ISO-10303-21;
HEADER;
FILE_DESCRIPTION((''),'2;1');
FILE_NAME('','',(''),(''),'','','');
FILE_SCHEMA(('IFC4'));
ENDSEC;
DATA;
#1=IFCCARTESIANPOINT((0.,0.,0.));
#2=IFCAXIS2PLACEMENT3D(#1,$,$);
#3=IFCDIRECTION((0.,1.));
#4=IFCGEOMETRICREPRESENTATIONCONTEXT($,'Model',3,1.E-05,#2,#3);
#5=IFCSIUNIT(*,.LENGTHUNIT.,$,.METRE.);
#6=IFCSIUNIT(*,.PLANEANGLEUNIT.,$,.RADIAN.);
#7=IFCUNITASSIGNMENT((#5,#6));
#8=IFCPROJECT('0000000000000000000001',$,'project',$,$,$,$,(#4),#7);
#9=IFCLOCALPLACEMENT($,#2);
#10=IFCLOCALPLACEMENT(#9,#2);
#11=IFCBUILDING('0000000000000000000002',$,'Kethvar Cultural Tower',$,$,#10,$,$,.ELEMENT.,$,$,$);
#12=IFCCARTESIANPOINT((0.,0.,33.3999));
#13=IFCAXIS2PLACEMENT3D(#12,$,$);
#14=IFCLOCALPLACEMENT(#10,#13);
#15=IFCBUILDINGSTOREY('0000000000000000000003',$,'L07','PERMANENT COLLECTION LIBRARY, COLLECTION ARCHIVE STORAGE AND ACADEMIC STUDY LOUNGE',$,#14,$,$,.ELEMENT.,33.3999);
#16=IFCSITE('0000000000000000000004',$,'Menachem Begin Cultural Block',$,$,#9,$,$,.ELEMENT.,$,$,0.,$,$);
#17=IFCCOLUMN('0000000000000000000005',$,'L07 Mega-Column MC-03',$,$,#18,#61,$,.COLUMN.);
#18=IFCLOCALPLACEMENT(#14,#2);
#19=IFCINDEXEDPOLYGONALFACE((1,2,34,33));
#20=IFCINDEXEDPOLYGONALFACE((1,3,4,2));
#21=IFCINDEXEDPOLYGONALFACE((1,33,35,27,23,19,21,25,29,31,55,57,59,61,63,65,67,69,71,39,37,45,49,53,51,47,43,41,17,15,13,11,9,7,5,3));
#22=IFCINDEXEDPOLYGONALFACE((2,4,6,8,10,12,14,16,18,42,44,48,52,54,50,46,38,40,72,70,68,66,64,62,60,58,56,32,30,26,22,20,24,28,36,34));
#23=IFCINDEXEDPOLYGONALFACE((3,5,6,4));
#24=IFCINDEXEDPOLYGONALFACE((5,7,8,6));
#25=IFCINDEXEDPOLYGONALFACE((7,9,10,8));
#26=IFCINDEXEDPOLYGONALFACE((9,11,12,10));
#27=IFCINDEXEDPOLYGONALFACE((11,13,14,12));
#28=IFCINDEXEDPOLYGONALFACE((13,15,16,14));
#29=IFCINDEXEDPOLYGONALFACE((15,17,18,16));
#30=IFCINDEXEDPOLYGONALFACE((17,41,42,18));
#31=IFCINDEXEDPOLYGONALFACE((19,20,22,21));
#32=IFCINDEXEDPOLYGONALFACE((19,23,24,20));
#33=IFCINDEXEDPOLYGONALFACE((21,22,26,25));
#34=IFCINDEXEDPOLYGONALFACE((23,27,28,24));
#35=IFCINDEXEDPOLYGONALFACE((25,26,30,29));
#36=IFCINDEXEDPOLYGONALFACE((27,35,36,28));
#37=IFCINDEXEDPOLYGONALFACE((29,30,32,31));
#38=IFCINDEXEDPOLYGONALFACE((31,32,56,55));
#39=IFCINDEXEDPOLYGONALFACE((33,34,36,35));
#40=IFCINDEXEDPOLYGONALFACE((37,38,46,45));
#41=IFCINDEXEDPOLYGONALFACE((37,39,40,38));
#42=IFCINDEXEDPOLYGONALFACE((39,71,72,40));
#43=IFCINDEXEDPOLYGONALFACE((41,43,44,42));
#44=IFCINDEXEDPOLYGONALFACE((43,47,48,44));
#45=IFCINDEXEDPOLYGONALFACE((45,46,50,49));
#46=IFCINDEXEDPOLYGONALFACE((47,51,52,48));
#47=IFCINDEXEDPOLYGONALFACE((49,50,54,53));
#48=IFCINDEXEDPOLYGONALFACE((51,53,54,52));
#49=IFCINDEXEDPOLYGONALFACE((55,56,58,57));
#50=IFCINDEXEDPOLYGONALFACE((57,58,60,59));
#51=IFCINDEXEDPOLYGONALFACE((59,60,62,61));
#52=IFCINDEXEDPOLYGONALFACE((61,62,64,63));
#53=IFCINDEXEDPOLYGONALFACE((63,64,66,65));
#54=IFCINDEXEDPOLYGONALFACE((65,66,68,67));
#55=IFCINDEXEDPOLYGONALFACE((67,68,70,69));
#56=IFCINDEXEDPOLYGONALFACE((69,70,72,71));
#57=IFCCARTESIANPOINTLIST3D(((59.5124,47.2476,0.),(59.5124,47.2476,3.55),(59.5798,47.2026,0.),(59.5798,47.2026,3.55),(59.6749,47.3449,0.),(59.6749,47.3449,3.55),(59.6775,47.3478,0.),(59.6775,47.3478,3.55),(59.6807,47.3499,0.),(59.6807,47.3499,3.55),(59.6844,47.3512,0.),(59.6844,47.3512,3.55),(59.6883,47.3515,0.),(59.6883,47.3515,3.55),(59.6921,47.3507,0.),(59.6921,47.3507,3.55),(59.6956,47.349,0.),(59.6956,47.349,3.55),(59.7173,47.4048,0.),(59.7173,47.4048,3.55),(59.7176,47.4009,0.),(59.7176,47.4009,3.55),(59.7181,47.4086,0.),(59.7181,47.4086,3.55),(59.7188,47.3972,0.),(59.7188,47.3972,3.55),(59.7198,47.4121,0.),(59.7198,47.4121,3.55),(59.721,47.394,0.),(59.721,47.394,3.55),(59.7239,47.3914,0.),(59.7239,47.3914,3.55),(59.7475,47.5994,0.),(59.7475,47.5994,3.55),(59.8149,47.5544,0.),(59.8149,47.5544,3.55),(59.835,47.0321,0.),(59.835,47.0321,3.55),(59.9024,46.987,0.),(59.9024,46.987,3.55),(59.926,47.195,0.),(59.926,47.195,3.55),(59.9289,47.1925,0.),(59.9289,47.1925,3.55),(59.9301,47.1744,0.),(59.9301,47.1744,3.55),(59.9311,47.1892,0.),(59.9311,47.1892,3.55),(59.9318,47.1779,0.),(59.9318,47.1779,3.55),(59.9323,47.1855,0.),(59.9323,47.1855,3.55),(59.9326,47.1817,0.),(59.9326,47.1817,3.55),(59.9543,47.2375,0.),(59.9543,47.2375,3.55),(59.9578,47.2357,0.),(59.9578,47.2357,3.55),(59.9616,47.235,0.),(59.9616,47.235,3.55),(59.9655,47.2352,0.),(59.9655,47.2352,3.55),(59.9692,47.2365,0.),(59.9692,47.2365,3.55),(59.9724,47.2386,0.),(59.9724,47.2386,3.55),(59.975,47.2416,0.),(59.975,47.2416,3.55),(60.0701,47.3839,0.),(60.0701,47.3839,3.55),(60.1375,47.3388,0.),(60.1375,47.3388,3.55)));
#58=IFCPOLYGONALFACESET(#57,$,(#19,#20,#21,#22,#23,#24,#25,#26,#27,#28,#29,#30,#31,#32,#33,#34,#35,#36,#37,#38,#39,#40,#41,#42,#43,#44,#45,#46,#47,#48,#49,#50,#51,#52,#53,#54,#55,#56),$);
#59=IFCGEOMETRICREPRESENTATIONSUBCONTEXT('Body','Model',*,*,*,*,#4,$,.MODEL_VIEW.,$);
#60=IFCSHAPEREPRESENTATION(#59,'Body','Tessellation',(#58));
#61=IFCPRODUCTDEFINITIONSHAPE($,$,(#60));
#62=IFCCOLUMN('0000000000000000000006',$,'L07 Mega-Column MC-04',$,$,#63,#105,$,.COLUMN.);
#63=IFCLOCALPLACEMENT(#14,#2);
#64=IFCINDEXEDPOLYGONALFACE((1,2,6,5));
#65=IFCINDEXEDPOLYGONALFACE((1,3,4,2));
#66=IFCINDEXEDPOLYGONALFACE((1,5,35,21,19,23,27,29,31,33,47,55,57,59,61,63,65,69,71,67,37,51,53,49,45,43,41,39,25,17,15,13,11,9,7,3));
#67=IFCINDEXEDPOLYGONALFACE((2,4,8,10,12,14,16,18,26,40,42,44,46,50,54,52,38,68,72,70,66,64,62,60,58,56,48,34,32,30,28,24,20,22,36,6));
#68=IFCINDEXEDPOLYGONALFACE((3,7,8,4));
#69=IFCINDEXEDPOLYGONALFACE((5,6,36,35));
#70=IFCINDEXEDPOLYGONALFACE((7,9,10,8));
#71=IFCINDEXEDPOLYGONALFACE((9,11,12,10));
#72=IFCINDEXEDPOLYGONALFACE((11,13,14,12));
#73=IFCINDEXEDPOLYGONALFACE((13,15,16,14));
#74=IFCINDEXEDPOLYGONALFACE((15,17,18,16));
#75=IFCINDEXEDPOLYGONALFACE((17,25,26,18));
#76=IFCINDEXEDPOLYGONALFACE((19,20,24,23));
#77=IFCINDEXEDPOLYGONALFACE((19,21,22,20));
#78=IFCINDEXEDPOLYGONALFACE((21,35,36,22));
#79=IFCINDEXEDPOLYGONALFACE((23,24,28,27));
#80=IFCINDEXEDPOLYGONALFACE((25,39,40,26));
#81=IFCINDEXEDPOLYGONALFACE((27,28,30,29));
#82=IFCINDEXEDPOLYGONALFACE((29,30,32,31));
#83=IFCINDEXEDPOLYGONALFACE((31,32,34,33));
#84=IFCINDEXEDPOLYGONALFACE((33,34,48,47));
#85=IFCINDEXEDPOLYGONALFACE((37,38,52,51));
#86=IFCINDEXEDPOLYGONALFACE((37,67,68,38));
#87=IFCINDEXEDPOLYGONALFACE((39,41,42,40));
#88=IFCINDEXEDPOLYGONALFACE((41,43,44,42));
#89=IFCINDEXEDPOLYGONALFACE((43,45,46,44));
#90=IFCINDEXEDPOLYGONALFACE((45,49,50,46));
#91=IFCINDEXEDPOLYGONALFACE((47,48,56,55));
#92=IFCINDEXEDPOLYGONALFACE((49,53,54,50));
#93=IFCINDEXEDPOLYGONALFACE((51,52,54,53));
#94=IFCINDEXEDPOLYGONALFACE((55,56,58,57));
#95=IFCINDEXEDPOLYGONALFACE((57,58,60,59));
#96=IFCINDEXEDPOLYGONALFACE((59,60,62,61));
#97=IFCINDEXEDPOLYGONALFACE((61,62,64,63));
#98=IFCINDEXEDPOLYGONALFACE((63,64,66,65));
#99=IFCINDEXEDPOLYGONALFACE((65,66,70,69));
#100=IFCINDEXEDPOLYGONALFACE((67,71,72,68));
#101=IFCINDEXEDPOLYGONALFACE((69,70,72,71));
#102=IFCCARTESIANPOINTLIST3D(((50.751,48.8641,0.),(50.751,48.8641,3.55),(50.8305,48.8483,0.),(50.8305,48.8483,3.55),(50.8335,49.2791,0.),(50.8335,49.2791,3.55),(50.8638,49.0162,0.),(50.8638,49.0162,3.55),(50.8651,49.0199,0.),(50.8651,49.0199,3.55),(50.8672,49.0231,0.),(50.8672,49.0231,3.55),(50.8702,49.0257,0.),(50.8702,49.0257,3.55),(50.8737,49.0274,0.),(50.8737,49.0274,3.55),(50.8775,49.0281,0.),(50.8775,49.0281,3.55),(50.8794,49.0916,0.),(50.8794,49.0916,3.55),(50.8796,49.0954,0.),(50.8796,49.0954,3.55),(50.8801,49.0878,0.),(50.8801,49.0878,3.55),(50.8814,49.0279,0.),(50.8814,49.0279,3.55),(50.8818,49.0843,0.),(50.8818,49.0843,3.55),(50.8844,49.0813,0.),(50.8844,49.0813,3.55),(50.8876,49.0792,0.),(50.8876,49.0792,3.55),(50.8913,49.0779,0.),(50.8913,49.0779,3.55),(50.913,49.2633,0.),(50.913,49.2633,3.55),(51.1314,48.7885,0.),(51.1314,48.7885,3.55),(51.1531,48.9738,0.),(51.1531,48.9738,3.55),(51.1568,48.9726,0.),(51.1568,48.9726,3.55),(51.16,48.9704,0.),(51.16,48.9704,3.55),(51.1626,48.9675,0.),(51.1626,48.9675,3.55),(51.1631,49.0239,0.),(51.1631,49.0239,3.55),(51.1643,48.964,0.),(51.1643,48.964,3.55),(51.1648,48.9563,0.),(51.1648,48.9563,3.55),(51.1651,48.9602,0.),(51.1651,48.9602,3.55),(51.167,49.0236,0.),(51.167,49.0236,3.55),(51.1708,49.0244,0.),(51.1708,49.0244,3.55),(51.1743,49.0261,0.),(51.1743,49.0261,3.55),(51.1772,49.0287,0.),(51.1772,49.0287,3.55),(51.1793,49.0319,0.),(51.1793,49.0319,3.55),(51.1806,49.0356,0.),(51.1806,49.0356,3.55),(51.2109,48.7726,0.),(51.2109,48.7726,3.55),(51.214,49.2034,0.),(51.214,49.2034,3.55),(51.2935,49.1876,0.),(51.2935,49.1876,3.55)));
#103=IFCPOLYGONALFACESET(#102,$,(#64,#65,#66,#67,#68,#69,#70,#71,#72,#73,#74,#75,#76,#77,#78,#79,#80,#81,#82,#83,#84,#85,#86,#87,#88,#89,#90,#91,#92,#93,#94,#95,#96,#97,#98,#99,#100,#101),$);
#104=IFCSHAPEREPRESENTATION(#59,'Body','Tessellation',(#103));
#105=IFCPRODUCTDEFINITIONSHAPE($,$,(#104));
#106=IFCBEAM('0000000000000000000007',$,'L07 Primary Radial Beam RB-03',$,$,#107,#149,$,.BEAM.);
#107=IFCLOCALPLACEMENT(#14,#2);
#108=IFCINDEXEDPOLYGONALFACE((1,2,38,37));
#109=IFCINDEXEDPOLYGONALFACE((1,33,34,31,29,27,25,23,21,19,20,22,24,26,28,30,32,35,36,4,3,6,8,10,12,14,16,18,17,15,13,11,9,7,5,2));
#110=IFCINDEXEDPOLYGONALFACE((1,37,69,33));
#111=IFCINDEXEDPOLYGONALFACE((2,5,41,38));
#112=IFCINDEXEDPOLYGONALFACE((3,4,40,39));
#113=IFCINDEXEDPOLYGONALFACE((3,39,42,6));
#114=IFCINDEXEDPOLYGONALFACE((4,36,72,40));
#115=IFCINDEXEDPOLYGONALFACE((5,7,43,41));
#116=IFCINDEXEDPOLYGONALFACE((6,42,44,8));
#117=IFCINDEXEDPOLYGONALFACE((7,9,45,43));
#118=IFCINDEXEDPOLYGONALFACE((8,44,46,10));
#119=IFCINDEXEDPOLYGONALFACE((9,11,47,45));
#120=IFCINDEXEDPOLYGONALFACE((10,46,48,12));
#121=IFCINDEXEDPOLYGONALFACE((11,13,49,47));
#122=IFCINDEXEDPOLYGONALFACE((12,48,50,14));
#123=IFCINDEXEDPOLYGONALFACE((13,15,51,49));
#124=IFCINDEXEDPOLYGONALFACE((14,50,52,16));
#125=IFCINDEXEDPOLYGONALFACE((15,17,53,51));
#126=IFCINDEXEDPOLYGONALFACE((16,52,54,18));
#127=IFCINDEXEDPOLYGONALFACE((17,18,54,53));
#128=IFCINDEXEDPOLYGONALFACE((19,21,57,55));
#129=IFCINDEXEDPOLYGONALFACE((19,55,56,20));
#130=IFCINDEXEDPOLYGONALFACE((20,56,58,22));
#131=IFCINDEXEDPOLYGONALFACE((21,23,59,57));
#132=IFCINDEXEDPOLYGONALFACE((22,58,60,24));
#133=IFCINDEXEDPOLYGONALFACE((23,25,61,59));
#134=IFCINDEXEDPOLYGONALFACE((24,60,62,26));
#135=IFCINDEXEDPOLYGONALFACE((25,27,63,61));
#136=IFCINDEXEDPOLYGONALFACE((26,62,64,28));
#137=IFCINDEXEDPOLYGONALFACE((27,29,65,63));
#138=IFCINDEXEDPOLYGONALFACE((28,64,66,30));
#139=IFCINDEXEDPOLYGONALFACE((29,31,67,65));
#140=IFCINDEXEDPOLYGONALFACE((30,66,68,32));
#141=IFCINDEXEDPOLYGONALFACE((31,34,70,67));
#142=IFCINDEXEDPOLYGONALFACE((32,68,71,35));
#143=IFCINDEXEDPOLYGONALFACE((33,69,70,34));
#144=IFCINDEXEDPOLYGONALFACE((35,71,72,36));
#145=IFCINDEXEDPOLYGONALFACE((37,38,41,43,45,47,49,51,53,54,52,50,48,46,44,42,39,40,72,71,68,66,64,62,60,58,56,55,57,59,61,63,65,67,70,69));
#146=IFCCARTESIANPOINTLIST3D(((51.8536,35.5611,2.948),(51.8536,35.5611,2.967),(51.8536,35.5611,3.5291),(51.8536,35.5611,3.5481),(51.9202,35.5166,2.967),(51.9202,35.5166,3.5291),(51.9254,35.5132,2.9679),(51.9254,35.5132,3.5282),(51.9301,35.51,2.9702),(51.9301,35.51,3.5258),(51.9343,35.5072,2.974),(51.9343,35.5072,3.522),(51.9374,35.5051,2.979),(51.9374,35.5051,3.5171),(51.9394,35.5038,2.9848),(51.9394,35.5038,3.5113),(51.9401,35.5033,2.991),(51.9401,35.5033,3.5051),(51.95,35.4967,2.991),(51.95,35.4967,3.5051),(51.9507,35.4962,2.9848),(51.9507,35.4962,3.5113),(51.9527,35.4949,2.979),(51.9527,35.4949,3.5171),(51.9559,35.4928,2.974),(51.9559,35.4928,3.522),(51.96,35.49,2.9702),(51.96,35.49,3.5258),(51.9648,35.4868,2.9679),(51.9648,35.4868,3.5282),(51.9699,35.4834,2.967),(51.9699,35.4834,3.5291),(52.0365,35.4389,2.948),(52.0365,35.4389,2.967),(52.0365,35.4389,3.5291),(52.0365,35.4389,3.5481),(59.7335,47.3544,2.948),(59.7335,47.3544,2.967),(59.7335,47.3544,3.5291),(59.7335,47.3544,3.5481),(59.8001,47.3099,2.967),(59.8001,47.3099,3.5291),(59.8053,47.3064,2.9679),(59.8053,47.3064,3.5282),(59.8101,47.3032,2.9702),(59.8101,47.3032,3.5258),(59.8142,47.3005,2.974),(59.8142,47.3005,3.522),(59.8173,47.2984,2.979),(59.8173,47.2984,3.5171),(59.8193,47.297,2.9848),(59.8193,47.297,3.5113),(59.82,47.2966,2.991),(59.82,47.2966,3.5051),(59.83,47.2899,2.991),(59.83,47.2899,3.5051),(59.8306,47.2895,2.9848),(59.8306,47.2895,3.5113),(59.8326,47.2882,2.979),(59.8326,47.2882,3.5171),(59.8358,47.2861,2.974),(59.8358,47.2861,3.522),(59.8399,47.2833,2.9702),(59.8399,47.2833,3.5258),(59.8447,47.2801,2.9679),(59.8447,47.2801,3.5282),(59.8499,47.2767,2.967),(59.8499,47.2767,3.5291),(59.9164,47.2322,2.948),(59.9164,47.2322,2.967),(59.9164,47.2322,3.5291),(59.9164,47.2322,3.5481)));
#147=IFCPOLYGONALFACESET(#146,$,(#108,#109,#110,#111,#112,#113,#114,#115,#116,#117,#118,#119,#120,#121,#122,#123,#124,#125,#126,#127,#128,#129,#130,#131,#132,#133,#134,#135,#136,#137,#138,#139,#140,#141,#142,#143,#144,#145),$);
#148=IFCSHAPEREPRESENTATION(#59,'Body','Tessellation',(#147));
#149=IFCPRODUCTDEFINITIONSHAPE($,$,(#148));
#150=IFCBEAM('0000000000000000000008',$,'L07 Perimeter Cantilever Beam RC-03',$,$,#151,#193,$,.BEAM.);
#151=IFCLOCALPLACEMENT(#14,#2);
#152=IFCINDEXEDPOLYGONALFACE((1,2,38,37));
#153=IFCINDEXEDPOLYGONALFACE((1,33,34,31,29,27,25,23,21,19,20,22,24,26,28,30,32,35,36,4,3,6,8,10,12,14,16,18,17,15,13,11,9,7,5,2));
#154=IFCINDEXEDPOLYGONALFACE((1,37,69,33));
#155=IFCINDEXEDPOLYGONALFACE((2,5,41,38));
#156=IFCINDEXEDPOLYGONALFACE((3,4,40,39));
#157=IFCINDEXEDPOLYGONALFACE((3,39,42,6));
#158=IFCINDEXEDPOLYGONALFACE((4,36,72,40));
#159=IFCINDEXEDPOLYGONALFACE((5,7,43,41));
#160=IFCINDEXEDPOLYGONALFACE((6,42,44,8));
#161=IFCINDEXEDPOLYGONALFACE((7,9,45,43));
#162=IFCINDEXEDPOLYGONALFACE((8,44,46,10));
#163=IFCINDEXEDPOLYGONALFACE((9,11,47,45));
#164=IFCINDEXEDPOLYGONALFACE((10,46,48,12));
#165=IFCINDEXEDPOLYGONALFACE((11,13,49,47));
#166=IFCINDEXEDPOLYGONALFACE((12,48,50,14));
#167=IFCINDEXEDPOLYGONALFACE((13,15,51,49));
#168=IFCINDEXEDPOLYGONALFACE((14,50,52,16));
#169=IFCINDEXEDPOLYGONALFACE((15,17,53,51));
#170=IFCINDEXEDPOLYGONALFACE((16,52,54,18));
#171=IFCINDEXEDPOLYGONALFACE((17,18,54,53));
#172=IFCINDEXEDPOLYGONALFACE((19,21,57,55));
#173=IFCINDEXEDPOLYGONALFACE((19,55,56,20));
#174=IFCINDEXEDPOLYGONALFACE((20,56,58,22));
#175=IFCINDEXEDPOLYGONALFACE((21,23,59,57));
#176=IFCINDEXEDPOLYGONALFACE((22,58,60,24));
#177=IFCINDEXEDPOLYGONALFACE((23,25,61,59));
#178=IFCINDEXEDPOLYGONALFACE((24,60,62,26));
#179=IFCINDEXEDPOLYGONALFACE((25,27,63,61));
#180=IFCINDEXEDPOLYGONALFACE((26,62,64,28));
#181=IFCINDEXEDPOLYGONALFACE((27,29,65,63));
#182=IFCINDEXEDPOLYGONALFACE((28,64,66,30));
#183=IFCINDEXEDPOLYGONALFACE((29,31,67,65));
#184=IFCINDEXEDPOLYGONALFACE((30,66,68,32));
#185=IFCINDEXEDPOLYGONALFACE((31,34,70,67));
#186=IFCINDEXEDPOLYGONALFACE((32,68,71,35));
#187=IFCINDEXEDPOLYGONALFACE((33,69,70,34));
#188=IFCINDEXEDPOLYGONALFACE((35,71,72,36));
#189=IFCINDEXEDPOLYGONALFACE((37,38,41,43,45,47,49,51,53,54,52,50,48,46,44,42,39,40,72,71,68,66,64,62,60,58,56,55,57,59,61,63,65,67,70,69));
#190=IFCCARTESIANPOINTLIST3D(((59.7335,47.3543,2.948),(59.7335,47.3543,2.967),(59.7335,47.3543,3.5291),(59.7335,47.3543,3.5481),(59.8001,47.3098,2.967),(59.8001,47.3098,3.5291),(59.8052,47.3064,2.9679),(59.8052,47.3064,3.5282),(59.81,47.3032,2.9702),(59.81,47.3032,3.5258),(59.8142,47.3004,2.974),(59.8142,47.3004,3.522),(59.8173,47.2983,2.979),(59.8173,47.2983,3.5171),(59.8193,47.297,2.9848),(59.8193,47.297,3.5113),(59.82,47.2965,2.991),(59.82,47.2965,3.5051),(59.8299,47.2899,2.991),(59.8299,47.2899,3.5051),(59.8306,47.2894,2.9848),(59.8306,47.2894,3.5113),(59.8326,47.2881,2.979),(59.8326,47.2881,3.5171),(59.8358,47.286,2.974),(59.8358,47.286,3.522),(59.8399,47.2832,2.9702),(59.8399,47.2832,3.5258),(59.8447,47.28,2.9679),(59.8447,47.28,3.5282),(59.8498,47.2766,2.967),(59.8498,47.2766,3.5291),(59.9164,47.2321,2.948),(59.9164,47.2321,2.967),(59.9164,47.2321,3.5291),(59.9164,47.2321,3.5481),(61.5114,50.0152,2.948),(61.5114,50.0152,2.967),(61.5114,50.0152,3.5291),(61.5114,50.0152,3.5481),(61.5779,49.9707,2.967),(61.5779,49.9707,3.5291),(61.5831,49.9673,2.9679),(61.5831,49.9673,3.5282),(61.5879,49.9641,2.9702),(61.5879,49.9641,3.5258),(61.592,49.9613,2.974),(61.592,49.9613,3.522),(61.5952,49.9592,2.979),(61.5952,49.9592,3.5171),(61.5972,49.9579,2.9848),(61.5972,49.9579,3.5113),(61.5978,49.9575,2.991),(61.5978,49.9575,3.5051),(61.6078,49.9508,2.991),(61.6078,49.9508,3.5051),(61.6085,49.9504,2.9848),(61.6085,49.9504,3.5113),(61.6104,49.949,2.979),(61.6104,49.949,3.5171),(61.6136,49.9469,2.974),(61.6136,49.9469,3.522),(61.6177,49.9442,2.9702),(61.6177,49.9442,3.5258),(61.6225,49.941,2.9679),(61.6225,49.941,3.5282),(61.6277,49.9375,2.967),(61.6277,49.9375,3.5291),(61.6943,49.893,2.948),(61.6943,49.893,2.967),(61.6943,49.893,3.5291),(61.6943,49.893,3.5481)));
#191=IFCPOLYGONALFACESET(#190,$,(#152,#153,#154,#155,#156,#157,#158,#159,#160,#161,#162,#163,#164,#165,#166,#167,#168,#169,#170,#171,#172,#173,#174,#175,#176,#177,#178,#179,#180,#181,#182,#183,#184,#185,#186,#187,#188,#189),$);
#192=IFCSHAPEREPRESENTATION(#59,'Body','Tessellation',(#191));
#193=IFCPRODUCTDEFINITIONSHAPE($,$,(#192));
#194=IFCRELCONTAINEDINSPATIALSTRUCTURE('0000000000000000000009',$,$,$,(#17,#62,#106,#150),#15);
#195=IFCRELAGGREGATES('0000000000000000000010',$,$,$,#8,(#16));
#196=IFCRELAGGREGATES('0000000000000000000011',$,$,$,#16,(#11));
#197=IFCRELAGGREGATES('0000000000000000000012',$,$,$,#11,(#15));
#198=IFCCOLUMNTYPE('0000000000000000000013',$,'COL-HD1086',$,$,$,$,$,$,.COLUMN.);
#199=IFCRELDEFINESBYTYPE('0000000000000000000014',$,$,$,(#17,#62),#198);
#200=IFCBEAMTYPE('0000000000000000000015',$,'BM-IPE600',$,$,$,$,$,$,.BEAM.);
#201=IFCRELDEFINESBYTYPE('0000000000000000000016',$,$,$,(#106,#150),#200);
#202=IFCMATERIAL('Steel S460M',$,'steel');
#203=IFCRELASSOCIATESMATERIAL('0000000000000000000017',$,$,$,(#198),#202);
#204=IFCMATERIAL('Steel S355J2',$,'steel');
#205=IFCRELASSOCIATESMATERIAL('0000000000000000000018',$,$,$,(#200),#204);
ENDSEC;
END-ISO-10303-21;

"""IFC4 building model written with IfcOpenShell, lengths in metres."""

from ifc_helpers import new_model, si_unit, direction, frame, origin, origin_2d, place, context, subcontext, project, spatial, i_section, extrude, source, transform, mapped, material, material_profile, profile_set, type_object, element, save


model = new_model("IFC4")

# Units and contexts
model_context = context("Model", 3, precision=1e-05, world=origin(), true_north=direction((0.0, 1.0)))
body_context = subcontext(model_context, "Body", "Model", "MODEL_VIEW")
ifc_project = project(units=[si_unit("LENGTHUNIT", "METRE"), si_unit("PLANEANGLEUNIT", "RADIAN")], contexts=[model_context])

# Site, building, storey
site_placement = place(None, origin())
site = spatial("IfcSite", under=ifc_project, at=site_placement, Name="Menachem Begin Cultural Block", CompositionType="ELEMENT", RefElevation=0.0)
building_placement = place(site_placement, origin())
building = spatial("IfcBuilding", under=site, at=building_placement, Name="Kethvar Cultural Tower", CompositionType="ELEMENT")
storey_placement = place(building_placement, frame((0.0, 0.0, 33.3999)))
storey = spatial("IfcBuildingStorey", under=building, at=storey_placement, Name="L07", Description="PERMANENT COLLECTION LIBRARY, COLLECTION ARCHIVE STORAGE AND ACADEMIC STUDY LOUNGE", CompositionType="ELEMENT", Elevation=33.3999)

# Columns
ifc_material_1 = material(Name="Steel S460M", Category="steel")
ifc_material_profile_1 = material_profile(ifc_material_1, i_section(OverallWidth=0.4231, OverallDepth=0.469, WebThickness=0.051, FlangeThickness=0.0811, FilletRadius=0.0149, at=origin_2d()), Name="Steel S460M — HD400x1086")
ifc_profile_set_1 = profile_set([ifc_material_profile_1], Name="Steel S460M — HD400x1086")
column_type = type_object("IfcColumnType", Name="COL-HD1086", PredefinedType="COLUMN", material=ifc_profile_set_1)
shared_shape_1 = source(origin(), body_context, "Body", "SweptSolid", [
    extrude(i_section(OverallWidth=0.4231, OverallDepth=0.469, WebThickness=0.051, FlangeThickness=0.0811, FilletRadius=0.0149, at=origin_2d()), origin(), (0.0, 0.0, 1.0), 3.55),
])
for number, where, z_axis, x_axis, name in (
    (1, (59.825, 47.2932, 0.0), (0.0, 0.0, 1.0), (0.55557, 0.83147, 0.0), "L07 Mega-Column MC-03"),
    (2, (51.0222, 49.0259, 0.0), (0.0, 0.0, 1.0), (0.19509, 0.980785, 0.0), "L07 Mega-Column MC-04"),
):
    element("IfcColumn", number, at=place(storey_placement, frame(where, z_axis=z_axis, x_axis=x_axis)), inside=storey, type_object=column_type, Name=name, PredefinedType="COLUMN", context=body_context, shape_type="MappedRepresentation", body=[
        mapped(shared_shape_1, transform((0.0, 0.0, 0.0), scale=1.0)),
    ])

# Beams
ifc_material_2 = material(Name="Steel S355J2", Category="steel")
ifc_material_profile_2 = material_profile(ifc_material_2, i_section(OverallWidth=0.22, OverallDepth=0.6001, WebThickness=0.012, FlangeThickness=0.019, FilletRadius=0.0239, at=origin_2d()), Name="Steel S355J2 — IPE600")
ifc_profile_set_2 = profile_set([ifc_material_profile_2], Name="Steel S355J2 — IPE600")
beam_type_1 = type_object("IfcBeamType", Name="BM-IPE600", PredefinedType="BEAM", material=ifc_profile_set_2)
shared_shape_2 = source(origin(), body_context, "Body", "SweptSolid", [
    extrude(i_section(OverallWidth=0.22, OverallDepth=0.6001, WebThickness=0.012, FlangeThickness=0.019, FilletRadius=0.0239, at=origin_2d()), origin(), (0.0, 0.0, 1.0), 14.1836),
])
beam_1_placement = place(storey_placement, frame((51.9451, 35.5, 3.248), z_axis=(0.555566, 0.831473, 0.0), x_axis=(-0.831473, 0.555566, 0.0)))
element("IfcBeam", 3, at=beam_1_placement, inside=storey, type_object=beam_type_1, Name="L07 Primary Radial Beam RB-03", PredefinedType="BEAM", context=body_context, shape_type="MappedRepresentation", body=[
    mapped(shared_shape_2, transform((0.0, 0.0, 0.0), scale=1.0)),
])
shared_shape_3 = source(origin(), body_context, "Body", "SweptSolid", [
    extrude(i_section(OverallWidth=0.22, OverallDepth=0.6001, WebThickness=0.012, FlangeThickness=0.019, FilletRadius=0.0239, at=origin_2d()), origin(), (0.0, 0.0, 1.0), 3.2002),
])
beam_2_placement = place(storey_placement, frame((59.825, 47.2932, 3.248), z_axis=(0.555545, 0.831486, 0.0), x_axis=(-0.831486, 0.555545, 0.0)))
element("IfcBeam", 4, at=beam_2_placement, inside=storey, type_object=beam_type_1, Name="L07 Perimeter Cantilever Beam RC-03", PredefinedType="BEAM", context=body_context, shape_type="MappedRepresentation", body=[
    mapped(shared_shape_3, transform((0.0, 0.0, 0.0), scale=1.0)),
])

save(model, "model.ifc")
